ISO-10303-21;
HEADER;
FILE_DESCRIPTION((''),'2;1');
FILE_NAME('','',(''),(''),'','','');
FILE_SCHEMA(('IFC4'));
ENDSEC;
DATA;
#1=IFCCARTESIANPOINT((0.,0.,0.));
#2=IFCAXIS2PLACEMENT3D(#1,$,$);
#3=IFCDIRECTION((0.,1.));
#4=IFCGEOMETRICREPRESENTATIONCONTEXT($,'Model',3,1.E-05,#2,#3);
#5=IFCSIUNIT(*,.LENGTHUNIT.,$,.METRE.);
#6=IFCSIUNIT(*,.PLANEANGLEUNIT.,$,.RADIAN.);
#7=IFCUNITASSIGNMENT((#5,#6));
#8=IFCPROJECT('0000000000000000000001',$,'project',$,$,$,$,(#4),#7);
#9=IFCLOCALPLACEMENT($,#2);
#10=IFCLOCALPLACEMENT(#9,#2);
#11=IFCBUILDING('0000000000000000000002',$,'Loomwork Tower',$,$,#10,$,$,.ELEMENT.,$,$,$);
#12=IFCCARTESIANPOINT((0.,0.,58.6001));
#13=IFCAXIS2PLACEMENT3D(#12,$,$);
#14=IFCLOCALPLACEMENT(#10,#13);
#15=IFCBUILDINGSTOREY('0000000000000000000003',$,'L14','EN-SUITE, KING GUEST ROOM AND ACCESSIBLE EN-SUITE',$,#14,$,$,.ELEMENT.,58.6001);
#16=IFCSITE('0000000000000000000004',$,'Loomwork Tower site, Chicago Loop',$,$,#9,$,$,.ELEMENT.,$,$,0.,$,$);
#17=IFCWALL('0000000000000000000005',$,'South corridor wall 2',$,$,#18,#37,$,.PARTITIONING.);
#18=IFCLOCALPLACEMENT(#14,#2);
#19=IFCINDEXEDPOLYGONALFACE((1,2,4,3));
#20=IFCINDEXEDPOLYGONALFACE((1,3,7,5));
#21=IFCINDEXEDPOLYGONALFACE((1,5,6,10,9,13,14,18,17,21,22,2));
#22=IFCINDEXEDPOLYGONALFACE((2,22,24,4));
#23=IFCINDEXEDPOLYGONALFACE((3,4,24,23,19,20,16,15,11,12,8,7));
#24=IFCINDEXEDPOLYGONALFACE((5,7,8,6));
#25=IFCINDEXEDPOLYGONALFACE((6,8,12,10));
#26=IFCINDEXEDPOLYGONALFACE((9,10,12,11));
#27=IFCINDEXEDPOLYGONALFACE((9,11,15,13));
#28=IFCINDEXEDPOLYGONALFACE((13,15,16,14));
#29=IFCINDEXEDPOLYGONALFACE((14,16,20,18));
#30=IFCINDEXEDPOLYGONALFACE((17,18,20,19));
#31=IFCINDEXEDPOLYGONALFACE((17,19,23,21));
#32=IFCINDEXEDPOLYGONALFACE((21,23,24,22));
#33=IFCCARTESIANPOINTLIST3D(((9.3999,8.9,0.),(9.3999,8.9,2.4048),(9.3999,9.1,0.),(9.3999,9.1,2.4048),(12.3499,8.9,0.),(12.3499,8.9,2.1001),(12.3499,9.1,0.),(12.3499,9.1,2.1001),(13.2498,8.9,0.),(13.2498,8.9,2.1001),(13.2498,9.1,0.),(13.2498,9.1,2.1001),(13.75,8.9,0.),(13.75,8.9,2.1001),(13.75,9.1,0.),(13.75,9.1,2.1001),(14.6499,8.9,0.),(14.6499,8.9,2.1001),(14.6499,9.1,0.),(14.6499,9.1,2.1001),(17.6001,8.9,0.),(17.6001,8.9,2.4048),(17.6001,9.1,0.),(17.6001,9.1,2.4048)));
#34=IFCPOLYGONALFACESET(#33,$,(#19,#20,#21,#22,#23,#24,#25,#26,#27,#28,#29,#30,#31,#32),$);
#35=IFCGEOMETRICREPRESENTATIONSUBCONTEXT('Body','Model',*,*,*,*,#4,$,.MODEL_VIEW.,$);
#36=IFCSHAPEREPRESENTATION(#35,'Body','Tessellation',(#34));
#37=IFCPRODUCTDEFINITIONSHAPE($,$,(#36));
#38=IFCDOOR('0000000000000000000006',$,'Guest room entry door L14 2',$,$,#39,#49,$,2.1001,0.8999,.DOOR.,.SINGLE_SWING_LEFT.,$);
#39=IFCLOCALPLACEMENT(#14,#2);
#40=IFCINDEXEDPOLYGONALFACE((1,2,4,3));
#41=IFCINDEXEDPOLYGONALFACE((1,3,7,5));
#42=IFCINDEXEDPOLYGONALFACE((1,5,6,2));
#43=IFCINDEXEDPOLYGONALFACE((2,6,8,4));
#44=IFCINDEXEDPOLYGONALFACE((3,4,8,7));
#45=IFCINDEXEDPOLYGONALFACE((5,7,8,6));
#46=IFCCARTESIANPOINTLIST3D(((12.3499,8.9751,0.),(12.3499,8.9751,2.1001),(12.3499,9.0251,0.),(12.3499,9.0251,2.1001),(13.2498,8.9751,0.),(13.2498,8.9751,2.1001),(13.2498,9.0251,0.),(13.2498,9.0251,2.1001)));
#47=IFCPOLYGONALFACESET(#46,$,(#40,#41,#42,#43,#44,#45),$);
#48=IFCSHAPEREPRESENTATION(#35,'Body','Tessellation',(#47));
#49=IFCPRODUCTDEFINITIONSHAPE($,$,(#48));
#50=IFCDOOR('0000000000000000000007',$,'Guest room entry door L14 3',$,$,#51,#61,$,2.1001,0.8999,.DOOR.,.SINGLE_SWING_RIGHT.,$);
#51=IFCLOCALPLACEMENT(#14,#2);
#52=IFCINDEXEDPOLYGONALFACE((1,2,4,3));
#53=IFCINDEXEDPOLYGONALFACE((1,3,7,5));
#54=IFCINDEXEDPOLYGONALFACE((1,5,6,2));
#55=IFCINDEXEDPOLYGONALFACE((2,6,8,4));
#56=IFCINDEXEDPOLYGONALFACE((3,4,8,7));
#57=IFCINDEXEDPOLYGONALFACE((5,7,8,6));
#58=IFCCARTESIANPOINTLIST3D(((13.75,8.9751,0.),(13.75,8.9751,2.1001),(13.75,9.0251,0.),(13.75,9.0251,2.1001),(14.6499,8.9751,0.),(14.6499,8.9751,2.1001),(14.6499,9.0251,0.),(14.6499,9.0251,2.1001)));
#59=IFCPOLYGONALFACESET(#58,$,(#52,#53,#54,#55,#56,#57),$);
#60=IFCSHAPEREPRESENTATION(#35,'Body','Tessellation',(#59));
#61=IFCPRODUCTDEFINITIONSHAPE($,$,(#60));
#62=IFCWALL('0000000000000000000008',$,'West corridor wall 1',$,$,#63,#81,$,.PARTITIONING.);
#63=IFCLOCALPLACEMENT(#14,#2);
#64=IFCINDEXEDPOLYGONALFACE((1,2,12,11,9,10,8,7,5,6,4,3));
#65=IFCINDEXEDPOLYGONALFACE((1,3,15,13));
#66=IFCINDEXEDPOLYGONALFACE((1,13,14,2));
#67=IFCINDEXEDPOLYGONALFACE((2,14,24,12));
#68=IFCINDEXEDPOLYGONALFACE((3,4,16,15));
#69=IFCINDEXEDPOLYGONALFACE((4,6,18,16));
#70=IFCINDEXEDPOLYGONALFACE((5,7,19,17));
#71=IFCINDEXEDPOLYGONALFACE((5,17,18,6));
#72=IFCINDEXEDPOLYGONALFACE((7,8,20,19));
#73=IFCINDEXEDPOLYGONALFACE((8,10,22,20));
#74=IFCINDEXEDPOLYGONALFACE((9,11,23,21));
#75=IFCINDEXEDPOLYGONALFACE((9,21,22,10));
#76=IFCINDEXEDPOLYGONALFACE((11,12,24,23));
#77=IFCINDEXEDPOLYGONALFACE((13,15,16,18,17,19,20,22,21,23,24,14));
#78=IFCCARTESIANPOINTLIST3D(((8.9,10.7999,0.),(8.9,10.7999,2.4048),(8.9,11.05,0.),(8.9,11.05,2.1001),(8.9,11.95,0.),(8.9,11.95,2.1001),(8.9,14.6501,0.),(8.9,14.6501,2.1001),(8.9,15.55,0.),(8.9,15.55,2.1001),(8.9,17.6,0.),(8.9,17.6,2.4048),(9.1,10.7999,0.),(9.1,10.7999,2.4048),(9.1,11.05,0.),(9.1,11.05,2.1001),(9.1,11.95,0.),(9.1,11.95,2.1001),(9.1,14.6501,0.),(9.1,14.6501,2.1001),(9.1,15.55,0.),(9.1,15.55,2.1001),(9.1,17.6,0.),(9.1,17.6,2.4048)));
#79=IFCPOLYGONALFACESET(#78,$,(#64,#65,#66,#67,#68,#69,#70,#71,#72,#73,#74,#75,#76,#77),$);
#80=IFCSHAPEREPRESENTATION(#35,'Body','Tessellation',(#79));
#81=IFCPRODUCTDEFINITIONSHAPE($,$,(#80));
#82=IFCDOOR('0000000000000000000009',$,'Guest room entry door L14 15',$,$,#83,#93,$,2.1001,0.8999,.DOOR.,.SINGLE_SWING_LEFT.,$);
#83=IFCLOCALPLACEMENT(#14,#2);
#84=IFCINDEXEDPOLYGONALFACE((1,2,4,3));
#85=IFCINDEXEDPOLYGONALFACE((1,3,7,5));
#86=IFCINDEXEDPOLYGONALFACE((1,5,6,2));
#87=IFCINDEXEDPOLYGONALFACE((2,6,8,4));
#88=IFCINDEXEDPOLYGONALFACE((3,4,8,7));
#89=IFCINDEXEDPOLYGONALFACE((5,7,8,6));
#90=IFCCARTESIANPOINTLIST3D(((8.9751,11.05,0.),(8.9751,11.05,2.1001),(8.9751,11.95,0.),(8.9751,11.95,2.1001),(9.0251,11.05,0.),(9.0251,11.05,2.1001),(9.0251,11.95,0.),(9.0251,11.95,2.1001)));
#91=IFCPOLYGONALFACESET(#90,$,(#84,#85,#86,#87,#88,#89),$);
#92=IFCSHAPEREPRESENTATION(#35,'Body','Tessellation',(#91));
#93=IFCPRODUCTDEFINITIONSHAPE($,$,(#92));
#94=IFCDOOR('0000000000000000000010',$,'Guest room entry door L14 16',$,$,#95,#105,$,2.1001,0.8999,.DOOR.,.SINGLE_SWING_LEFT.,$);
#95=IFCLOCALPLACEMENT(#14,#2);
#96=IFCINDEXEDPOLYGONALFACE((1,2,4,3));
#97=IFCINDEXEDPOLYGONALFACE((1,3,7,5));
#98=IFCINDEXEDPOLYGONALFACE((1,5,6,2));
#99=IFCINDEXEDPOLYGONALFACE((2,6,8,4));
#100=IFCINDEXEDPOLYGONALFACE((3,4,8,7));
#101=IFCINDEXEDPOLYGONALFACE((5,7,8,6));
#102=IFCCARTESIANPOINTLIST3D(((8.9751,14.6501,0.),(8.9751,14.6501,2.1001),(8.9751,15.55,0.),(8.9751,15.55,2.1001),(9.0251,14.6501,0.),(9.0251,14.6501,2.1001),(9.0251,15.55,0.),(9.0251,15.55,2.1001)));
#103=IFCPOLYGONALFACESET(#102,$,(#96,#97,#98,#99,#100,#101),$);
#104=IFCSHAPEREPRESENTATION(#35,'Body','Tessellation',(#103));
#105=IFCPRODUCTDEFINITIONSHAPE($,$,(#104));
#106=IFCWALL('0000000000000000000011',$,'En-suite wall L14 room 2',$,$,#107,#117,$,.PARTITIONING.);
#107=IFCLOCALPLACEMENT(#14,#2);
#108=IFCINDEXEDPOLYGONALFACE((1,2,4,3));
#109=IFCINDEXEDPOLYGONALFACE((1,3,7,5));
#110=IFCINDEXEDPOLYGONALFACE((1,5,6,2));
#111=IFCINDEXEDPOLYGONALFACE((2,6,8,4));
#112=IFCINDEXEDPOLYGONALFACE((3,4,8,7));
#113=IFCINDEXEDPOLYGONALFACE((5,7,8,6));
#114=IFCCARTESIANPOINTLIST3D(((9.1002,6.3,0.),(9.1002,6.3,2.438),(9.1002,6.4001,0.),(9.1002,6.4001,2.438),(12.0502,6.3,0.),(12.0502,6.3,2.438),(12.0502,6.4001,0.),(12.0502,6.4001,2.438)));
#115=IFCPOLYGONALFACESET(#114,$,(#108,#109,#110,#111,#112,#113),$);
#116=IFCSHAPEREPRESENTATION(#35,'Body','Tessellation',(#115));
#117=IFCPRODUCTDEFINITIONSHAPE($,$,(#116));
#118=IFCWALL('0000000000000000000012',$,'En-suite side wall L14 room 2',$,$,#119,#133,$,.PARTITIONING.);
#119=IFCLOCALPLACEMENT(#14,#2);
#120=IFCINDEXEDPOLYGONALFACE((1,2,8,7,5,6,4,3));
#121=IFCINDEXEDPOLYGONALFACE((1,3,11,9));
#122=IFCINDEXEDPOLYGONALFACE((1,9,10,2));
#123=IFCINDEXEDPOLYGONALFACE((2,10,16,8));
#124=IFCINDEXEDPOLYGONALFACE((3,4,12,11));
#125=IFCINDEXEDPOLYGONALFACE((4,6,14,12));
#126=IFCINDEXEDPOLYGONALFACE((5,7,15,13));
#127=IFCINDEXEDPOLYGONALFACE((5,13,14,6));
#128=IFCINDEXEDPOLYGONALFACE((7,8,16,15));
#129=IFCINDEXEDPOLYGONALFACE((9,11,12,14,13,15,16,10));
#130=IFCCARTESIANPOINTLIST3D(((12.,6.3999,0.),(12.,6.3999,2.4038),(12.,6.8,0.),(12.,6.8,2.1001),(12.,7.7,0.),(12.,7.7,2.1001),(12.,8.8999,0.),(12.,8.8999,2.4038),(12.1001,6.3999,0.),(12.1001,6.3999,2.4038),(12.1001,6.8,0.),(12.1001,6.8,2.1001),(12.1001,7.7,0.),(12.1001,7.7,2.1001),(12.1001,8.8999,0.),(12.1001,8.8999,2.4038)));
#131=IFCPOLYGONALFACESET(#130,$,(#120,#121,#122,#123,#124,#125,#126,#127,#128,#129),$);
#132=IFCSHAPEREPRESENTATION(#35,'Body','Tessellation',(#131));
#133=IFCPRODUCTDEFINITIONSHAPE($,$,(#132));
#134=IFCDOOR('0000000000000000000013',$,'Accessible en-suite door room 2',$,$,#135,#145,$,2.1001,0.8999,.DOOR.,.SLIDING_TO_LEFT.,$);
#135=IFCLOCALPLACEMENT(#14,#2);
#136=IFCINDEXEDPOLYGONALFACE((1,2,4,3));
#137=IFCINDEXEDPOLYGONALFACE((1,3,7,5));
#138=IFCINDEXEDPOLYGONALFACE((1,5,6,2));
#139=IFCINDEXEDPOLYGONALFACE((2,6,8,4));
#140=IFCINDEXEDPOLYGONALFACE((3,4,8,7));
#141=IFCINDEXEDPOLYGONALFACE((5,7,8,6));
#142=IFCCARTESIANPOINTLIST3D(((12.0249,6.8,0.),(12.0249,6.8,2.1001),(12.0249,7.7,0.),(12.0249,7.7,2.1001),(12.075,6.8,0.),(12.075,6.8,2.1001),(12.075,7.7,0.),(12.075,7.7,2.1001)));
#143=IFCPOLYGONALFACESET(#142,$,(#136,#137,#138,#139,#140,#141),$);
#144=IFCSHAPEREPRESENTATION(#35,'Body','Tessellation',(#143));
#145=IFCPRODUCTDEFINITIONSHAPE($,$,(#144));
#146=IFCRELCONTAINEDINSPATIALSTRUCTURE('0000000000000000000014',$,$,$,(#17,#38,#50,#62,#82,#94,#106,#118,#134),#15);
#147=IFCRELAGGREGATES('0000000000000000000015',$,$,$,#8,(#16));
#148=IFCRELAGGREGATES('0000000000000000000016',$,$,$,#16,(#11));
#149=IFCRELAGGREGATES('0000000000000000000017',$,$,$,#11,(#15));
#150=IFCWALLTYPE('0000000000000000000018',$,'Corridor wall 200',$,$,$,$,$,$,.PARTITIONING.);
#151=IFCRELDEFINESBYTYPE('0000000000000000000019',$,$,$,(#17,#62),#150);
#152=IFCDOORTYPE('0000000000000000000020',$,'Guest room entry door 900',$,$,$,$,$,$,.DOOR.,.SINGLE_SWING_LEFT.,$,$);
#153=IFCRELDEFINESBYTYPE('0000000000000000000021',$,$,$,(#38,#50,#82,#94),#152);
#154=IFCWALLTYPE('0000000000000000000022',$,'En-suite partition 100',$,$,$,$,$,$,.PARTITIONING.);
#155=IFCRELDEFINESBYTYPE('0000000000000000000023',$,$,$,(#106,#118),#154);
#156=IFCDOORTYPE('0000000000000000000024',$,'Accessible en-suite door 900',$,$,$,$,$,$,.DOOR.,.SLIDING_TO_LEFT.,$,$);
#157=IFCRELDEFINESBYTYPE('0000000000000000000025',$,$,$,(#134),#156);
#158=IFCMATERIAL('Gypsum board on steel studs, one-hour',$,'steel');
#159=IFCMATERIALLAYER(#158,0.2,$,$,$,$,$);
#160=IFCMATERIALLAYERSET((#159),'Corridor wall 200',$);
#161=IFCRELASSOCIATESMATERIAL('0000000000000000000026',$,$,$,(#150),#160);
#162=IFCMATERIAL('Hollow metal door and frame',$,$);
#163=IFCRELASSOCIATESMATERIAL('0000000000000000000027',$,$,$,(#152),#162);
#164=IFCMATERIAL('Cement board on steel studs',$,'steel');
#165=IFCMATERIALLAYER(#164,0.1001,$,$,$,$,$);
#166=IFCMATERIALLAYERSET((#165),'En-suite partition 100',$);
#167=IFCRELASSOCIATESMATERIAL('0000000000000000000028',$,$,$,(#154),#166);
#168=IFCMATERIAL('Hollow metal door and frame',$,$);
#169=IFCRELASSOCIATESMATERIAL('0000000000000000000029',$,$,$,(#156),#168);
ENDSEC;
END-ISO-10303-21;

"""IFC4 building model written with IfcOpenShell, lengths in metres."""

from ifc_helpers import new_model, si_unit, direction, frame, frame_2d, origin, place, context, subcontext, project, spatial, rectangle, extrude, material, layer, layer_set, type_object, element, fill, save


model = new_model("IFC4")

# Units and contexts
model_context = context("Model", 3, precision=1e-05, world=origin(), true_north=direction((0.0, 1.0)))
body_context = subcontext(model_context, "Body", "Model", "MODEL_VIEW")
ifc_project = project(units=[si_unit("LENGTHUNIT", "METRE"), si_unit("PLANEANGLEUNIT", "RADIAN")], contexts=[model_context])

# Site, building, storey
site_placement = place(None, origin())
site = spatial("IfcSite", under=ifc_project, at=site_placement, Name="Loomwork Tower site, Chicago Loop", CompositionType="ELEMENT", RefElevation=0.0)
building_placement = place(site_placement, origin())
building = spatial("IfcBuilding", under=site, at=building_placement, Name="Loomwork Tower", CompositionType="ELEMENT")
storey_placement = place(building_placement, frame((0.0, 0.0, 58.6001)))
storey = spatial("IfcBuildingStorey", under=building, at=storey_placement, Name="L14", Description="EN-SUITE, KING GUEST ROOM AND ACCESSIBLE EN-SUITE", CompositionType="ELEMENT", Elevation=58.6001)

# Walls, openings, doors
ifc_material_1 = material(Name="Gypsum board on steel studs, one-hour", Category="steel")
ifc_layer_1 = layer(ifc_material_1, 0.2)
ifc_layer_set_1 = layer_set([ifc_layer_1], Name="Corridor wall 200")
wall_type_1 = type_object("IfcWallType", Name="Corridor wall 200", PredefinedType="PARTITIONING", material=ifc_layer_set_1)
wall_1_placement = place(storey_placement, frame((9.3999, 9.0, 0.0), z_axis=(0.0, 0.0, 1.0), x_axis=(1.0, 0.0, 0.0)))
wall_1 = element("IfcWall", 1, at=wall_1_placement, inside=storey, type_object=wall_type_1, Name="South corridor wall 2", PredefinedType="PARTITIONING", context=body_context, shape_type="SweptSolid", body=[
    extrude(rectangle(XDim=8.2002, YDim=0.2, at=frame_2d((4.1001, 0.0))), origin(), (0.0, 0.0, 1.0), 2.4048),
])
opening_1_placement = place(wall_1_placement, frame((2.95, 0.0, 0.0)))
opening_1 = element("IfcOpeningElement", 2, at=opening_1_placement, cuts=wall_1, PredefinedType="OPENING", context=body_context, shape_type="SweptSolid", body=[
    extrude(rectangle(XDim=0.8999, YDim=2.1001, at=frame_2d((0.45, 1.05))), frame((0.0, 0.1099, 0.0), z_axis=(0.0, -1.0, 0.0), x_axis=(1.0, 0.0, 0.0)), (0.0, 0.0, 1.0), 0.22),
])
opening_2_placement = place(wall_1_placement, frame((4.3501, 0.0, 0.0)))
opening_2 = element("IfcOpeningElement", 3, at=opening_2_placement, cuts=wall_1, PredefinedType="OPENING", context=body_context, shape_type="SweptSolid", body=[
    extrude(rectangle(XDim=0.8999, YDim=2.1001, at=frame_2d((0.45, 1.05))), frame((0.0, 0.1099, 0.0), z_axis=(0.0, -1.0, 0.0), x_axis=(1.0, 0.0, 0.0)), (0.0, 0.0, 1.0), 0.22),
])
ifc_material_2 = material(Name="Hollow metal door and frame")
door_type_1 = type_object("IfcDoorType", Name="Guest room entry door 900", OperationType="SINGLE_SWING_LEFT", PredefinedType="DOOR", material=ifc_material_2)
door_1_placement = place(opening_1_placement, frame((0.8999, 0.0, 0.0), z_axis=(0.0, 0.0, 1.0), x_axis=(-1.0, 0.0, 0.0)))
door_1 = element("IfcDoor", 4, at=door_1_placement, inside=storey, type_object=door_type_1, Name="Guest room entry door L14 2", OperationType="SINGLE_SWING_LEFT", OverallHeight=2.1001, OverallWidth=0.8999, PredefinedType="DOOR", context=body_context, shape_type="SweptSolid", body=[
    extrude(rectangle(XDim=0.8999, YDim=2.1001, at=frame_2d((0.45, 1.05))), frame((0.0, 0.0249, 0.0), z_axis=(0.0, -1.0, 0.0), x_axis=(1.0, 0.0, 0.0)), (0.0, 0.0, 1.0), 0.05),
])
fill(opening_1, door_1)
door_2_placement = place(opening_2_placement, frame((0.8999, 0.0, 0.0), z_axis=(0.0, 0.0, 1.0), x_axis=(-1.0, 0.0, 0.0)))
door_2 = element("IfcDoor", 5, at=door_2_placement, inside=storey, type_object=door_type_1, Name="Guest room entry door L14 3", OperationType="SINGLE_SWING_RIGHT", OverallHeight=2.1001, OverallWidth=0.8999, PredefinedType="DOOR", context=body_context, shape_type="SweptSolid", body=[
    extrude(rectangle(XDim=0.8999, YDim=2.1001, at=frame_2d((0.45, 1.05))), frame((0.0, 0.0249, 0.0), z_axis=(0.0, -1.0, 0.0), x_axis=(1.0, 0.0, 0.0)), (0.0, 0.0, 1.0), 0.05),
])
fill(opening_2, door_2)
wall_2_placement = place(storey_placement, frame((9.0, 10.8, 0.0), z_axis=(0.0, 0.0, 1.0), x_axis=(0.0, 1.0, 0.0)))
wall_2 = element("IfcWall", 6, at=wall_2_placement, inside=storey, type_object=wall_type_1, Name="West corridor wall 1", PredefinedType="PARTITIONING", context=body_context, shape_type="SweptSolid", body=[
    extrude(rectangle(XDim=6.8, YDim=0.2, at=frame_2d((3.3999, 0.0))), origin(), (0.0, 0.0, 1.0), 2.4048),
])
opening_3_placement = place(wall_2_placement, frame((0.25, 0.0, 0.0)))
opening_3 = element("IfcOpeningElement", 7, at=opening_3_placement, cuts=wall_2, PredefinedType="OPENING", context=body_context, shape_type="SweptSolid", body=[
    extrude(rectangle(XDim=0.8999, YDim=2.1001, at=frame_2d((0.45, 1.05))), frame((0.0, 0.1099, 0.0), z_axis=(0.0, -1.0, 0.0), x_axis=(1.0, 0.0, 0.0)), (0.0, 0.0, 1.0), 0.22),
])
opening_4_placement = place(wall_2_placement, frame((3.8501, 0.0, 0.0)))
opening_4 = element("IfcOpeningElement", 8, at=opening_4_placement, cuts=wall_2, PredefinedType="OPENING", context=body_context, shape_type="SweptSolid", body=[
    extrude(rectangle(XDim=0.8999, YDim=2.1001, at=frame_2d((0.45, 1.05))), frame((0.0, 0.1099, 0.0), z_axis=(0.0, -1.0, 0.0), x_axis=(1.0, 0.0, 0.0)), (0.0, 0.0, 1.0), 0.22),
])
door_3_placement = place(opening_3_placement, origin())
door_3 = element("IfcDoor", 9, at=door_3_placement, inside=storey, type_object=door_type_1, Name="Guest room entry door L14 15", OperationType="SINGLE_SWING_LEFT", OverallHeight=2.1001, OverallWidth=0.8999, PredefinedType="DOOR", context=body_context, shape_type="SweptSolid", body=[
    extrude(rectangle(XDim=0.8999, YDim=2.1001, at=frame_2d((0.45, 1.05))), frame((0.0, 0.0249, 0.0), z_axis=(0.0, -1.0, 0.0), x_axis=(1.0, 0.0, 0.0)), (0.0, 0.0, 1.0), 0.05),
])
fill(opening_3, door_3)
door_4_placement = place(opening_4_placement, origin())
door_4 = element("IfcDoor", 10, at=door_4_placement, inside=storey, type_object=door_type_1, Name="Guest room entry door L14 16", OperationType="SINGLE_SWING_LEFT", OverallHeight=2.1001, OverallWidth=0.8999, PredefinedType="DOOR", context=body_context, shape_type="SweptSolid", body=[
    extrude(rectangle(XDim=0.8999, YDim=2.1001, at=frame_2d((0.45, 1.05))), frame((0.0, 0.0249, 0.0), z_axis=(0.0, -1.0, 0.0), x_axis=(1.0, 0.0, 0.0)), (0.0, 0.0, 1.0), 0.05),
])
fill(opening_4, door_4)

# Wall
ifc_material_3 = material(Name="Cement board on steel studs", Category="steel")
ifc_layer_2 = layer(ifc_material_3, 0.1001)
ifc_layer_set_2 = layer_set([ifc_layer_2], Name="En-suite partition 100")
wall_type_2 = type_object("IfcWallType", Name="En-suite partition 100", PredefinedType="PARTITIONING", material=ifc_layer_set_2)
wall_3_placement = place(storey_placement, frame((9.1001, 6.3501, 0.0), z_axis=(0.0, 0.0, 1.0), x_axis=(1.0, 0.0, 0.0)))
element("IfcWall", 11, at=wall_3_placement, inside=storey, type_object=wall_type_2, Name="En-suite wall L14 room 2", PredefinedType="PARTITIONING", context=body_context, shape_type="SweptSolid", body=[
    extrude(rectangle(XDim=2.95, YDim=0.1001, at=frame_2d((1.4751, 0.0))), origin(), (0.0, 0.0, 1.0), 2.438),
])

# Wall, opening, door
wall_4_placement = place(storey_placement, frame((12.05, 8.8999, 0.0), z_axis=(0.0, 0.0, 1.0), x_axis=(0.0, -1.0, 0.0)))
wall_4 = element("IfcWall", 12, at=wall_4_placement, inside=storey, type_object=wall_type_2, Name="En-suite side wall L14 room 2", PredefinedType="PARTITIONING", context=body_context, shape_type="SweptSolid", body=[
    extrude(rectangle(XDim=2.5, YDim=0.1001, at=frame_2d((1.25, 0.0))), origin(), (0.0, 0.0, 1.0), 2.4038),
])
opening_5_placement = place(wall_4_placement, frame((1.2, 0.0, 0.0)))
opening_5 = element("IfcOpeningElement", 13, at=opening_5_placement, cuts=wall_4, PredefinedType="OPENING", context=body_context, shape_type="SweptSolid", body=[
    extrude(rectangle(XDim=0.8999, YDim=2.1001, at=frame_2d((0.45, 1.05))), frame((0.0, 0.0601, 0.0), z_axis=(0.0, -1.0, 0.0), x_axis=(1.0, 0.0, 0.0)), (0.0, 0.0, 1.0), 0.1201),
])
ifc_material_4 = material(Name="Hollow metal door and frame")
door_type_2 = type_object("IfcDoorType", Name="Accessible en-suite door 900", OperationType="SLIDING_TO_LEFT", PredefinedType="DOOR", material=ifc_material_4)
door_5_placement = place(opening_5_placement, origin())
door_5 = element("IfcDoor", 14, at=door_5_placement, inside=storey, type_object=door_type_2, Name="Accessible en-suite door room 2", OperationType="SLIDING_TO_LEFT", OverallHeight=2.1001, OverallWidth=0.8999, PredefinedType="DOOR", context=body_context, shape_type="SweptSolid", body=[
    extrude(rectangle(XDim=0.8999, YDim=2.1001, at=frame_2d((0.45, 1.05))), frame((0.0, 0.0249, 0.0), z_axis=(0.0, -1.0, 0.0), x_axis=(1.0, 0.0, 0.0)), (0.0, 0.0, 1.0), 0.05),
])
fill(opening_5, door_5)

save(model, "model.ifc")
